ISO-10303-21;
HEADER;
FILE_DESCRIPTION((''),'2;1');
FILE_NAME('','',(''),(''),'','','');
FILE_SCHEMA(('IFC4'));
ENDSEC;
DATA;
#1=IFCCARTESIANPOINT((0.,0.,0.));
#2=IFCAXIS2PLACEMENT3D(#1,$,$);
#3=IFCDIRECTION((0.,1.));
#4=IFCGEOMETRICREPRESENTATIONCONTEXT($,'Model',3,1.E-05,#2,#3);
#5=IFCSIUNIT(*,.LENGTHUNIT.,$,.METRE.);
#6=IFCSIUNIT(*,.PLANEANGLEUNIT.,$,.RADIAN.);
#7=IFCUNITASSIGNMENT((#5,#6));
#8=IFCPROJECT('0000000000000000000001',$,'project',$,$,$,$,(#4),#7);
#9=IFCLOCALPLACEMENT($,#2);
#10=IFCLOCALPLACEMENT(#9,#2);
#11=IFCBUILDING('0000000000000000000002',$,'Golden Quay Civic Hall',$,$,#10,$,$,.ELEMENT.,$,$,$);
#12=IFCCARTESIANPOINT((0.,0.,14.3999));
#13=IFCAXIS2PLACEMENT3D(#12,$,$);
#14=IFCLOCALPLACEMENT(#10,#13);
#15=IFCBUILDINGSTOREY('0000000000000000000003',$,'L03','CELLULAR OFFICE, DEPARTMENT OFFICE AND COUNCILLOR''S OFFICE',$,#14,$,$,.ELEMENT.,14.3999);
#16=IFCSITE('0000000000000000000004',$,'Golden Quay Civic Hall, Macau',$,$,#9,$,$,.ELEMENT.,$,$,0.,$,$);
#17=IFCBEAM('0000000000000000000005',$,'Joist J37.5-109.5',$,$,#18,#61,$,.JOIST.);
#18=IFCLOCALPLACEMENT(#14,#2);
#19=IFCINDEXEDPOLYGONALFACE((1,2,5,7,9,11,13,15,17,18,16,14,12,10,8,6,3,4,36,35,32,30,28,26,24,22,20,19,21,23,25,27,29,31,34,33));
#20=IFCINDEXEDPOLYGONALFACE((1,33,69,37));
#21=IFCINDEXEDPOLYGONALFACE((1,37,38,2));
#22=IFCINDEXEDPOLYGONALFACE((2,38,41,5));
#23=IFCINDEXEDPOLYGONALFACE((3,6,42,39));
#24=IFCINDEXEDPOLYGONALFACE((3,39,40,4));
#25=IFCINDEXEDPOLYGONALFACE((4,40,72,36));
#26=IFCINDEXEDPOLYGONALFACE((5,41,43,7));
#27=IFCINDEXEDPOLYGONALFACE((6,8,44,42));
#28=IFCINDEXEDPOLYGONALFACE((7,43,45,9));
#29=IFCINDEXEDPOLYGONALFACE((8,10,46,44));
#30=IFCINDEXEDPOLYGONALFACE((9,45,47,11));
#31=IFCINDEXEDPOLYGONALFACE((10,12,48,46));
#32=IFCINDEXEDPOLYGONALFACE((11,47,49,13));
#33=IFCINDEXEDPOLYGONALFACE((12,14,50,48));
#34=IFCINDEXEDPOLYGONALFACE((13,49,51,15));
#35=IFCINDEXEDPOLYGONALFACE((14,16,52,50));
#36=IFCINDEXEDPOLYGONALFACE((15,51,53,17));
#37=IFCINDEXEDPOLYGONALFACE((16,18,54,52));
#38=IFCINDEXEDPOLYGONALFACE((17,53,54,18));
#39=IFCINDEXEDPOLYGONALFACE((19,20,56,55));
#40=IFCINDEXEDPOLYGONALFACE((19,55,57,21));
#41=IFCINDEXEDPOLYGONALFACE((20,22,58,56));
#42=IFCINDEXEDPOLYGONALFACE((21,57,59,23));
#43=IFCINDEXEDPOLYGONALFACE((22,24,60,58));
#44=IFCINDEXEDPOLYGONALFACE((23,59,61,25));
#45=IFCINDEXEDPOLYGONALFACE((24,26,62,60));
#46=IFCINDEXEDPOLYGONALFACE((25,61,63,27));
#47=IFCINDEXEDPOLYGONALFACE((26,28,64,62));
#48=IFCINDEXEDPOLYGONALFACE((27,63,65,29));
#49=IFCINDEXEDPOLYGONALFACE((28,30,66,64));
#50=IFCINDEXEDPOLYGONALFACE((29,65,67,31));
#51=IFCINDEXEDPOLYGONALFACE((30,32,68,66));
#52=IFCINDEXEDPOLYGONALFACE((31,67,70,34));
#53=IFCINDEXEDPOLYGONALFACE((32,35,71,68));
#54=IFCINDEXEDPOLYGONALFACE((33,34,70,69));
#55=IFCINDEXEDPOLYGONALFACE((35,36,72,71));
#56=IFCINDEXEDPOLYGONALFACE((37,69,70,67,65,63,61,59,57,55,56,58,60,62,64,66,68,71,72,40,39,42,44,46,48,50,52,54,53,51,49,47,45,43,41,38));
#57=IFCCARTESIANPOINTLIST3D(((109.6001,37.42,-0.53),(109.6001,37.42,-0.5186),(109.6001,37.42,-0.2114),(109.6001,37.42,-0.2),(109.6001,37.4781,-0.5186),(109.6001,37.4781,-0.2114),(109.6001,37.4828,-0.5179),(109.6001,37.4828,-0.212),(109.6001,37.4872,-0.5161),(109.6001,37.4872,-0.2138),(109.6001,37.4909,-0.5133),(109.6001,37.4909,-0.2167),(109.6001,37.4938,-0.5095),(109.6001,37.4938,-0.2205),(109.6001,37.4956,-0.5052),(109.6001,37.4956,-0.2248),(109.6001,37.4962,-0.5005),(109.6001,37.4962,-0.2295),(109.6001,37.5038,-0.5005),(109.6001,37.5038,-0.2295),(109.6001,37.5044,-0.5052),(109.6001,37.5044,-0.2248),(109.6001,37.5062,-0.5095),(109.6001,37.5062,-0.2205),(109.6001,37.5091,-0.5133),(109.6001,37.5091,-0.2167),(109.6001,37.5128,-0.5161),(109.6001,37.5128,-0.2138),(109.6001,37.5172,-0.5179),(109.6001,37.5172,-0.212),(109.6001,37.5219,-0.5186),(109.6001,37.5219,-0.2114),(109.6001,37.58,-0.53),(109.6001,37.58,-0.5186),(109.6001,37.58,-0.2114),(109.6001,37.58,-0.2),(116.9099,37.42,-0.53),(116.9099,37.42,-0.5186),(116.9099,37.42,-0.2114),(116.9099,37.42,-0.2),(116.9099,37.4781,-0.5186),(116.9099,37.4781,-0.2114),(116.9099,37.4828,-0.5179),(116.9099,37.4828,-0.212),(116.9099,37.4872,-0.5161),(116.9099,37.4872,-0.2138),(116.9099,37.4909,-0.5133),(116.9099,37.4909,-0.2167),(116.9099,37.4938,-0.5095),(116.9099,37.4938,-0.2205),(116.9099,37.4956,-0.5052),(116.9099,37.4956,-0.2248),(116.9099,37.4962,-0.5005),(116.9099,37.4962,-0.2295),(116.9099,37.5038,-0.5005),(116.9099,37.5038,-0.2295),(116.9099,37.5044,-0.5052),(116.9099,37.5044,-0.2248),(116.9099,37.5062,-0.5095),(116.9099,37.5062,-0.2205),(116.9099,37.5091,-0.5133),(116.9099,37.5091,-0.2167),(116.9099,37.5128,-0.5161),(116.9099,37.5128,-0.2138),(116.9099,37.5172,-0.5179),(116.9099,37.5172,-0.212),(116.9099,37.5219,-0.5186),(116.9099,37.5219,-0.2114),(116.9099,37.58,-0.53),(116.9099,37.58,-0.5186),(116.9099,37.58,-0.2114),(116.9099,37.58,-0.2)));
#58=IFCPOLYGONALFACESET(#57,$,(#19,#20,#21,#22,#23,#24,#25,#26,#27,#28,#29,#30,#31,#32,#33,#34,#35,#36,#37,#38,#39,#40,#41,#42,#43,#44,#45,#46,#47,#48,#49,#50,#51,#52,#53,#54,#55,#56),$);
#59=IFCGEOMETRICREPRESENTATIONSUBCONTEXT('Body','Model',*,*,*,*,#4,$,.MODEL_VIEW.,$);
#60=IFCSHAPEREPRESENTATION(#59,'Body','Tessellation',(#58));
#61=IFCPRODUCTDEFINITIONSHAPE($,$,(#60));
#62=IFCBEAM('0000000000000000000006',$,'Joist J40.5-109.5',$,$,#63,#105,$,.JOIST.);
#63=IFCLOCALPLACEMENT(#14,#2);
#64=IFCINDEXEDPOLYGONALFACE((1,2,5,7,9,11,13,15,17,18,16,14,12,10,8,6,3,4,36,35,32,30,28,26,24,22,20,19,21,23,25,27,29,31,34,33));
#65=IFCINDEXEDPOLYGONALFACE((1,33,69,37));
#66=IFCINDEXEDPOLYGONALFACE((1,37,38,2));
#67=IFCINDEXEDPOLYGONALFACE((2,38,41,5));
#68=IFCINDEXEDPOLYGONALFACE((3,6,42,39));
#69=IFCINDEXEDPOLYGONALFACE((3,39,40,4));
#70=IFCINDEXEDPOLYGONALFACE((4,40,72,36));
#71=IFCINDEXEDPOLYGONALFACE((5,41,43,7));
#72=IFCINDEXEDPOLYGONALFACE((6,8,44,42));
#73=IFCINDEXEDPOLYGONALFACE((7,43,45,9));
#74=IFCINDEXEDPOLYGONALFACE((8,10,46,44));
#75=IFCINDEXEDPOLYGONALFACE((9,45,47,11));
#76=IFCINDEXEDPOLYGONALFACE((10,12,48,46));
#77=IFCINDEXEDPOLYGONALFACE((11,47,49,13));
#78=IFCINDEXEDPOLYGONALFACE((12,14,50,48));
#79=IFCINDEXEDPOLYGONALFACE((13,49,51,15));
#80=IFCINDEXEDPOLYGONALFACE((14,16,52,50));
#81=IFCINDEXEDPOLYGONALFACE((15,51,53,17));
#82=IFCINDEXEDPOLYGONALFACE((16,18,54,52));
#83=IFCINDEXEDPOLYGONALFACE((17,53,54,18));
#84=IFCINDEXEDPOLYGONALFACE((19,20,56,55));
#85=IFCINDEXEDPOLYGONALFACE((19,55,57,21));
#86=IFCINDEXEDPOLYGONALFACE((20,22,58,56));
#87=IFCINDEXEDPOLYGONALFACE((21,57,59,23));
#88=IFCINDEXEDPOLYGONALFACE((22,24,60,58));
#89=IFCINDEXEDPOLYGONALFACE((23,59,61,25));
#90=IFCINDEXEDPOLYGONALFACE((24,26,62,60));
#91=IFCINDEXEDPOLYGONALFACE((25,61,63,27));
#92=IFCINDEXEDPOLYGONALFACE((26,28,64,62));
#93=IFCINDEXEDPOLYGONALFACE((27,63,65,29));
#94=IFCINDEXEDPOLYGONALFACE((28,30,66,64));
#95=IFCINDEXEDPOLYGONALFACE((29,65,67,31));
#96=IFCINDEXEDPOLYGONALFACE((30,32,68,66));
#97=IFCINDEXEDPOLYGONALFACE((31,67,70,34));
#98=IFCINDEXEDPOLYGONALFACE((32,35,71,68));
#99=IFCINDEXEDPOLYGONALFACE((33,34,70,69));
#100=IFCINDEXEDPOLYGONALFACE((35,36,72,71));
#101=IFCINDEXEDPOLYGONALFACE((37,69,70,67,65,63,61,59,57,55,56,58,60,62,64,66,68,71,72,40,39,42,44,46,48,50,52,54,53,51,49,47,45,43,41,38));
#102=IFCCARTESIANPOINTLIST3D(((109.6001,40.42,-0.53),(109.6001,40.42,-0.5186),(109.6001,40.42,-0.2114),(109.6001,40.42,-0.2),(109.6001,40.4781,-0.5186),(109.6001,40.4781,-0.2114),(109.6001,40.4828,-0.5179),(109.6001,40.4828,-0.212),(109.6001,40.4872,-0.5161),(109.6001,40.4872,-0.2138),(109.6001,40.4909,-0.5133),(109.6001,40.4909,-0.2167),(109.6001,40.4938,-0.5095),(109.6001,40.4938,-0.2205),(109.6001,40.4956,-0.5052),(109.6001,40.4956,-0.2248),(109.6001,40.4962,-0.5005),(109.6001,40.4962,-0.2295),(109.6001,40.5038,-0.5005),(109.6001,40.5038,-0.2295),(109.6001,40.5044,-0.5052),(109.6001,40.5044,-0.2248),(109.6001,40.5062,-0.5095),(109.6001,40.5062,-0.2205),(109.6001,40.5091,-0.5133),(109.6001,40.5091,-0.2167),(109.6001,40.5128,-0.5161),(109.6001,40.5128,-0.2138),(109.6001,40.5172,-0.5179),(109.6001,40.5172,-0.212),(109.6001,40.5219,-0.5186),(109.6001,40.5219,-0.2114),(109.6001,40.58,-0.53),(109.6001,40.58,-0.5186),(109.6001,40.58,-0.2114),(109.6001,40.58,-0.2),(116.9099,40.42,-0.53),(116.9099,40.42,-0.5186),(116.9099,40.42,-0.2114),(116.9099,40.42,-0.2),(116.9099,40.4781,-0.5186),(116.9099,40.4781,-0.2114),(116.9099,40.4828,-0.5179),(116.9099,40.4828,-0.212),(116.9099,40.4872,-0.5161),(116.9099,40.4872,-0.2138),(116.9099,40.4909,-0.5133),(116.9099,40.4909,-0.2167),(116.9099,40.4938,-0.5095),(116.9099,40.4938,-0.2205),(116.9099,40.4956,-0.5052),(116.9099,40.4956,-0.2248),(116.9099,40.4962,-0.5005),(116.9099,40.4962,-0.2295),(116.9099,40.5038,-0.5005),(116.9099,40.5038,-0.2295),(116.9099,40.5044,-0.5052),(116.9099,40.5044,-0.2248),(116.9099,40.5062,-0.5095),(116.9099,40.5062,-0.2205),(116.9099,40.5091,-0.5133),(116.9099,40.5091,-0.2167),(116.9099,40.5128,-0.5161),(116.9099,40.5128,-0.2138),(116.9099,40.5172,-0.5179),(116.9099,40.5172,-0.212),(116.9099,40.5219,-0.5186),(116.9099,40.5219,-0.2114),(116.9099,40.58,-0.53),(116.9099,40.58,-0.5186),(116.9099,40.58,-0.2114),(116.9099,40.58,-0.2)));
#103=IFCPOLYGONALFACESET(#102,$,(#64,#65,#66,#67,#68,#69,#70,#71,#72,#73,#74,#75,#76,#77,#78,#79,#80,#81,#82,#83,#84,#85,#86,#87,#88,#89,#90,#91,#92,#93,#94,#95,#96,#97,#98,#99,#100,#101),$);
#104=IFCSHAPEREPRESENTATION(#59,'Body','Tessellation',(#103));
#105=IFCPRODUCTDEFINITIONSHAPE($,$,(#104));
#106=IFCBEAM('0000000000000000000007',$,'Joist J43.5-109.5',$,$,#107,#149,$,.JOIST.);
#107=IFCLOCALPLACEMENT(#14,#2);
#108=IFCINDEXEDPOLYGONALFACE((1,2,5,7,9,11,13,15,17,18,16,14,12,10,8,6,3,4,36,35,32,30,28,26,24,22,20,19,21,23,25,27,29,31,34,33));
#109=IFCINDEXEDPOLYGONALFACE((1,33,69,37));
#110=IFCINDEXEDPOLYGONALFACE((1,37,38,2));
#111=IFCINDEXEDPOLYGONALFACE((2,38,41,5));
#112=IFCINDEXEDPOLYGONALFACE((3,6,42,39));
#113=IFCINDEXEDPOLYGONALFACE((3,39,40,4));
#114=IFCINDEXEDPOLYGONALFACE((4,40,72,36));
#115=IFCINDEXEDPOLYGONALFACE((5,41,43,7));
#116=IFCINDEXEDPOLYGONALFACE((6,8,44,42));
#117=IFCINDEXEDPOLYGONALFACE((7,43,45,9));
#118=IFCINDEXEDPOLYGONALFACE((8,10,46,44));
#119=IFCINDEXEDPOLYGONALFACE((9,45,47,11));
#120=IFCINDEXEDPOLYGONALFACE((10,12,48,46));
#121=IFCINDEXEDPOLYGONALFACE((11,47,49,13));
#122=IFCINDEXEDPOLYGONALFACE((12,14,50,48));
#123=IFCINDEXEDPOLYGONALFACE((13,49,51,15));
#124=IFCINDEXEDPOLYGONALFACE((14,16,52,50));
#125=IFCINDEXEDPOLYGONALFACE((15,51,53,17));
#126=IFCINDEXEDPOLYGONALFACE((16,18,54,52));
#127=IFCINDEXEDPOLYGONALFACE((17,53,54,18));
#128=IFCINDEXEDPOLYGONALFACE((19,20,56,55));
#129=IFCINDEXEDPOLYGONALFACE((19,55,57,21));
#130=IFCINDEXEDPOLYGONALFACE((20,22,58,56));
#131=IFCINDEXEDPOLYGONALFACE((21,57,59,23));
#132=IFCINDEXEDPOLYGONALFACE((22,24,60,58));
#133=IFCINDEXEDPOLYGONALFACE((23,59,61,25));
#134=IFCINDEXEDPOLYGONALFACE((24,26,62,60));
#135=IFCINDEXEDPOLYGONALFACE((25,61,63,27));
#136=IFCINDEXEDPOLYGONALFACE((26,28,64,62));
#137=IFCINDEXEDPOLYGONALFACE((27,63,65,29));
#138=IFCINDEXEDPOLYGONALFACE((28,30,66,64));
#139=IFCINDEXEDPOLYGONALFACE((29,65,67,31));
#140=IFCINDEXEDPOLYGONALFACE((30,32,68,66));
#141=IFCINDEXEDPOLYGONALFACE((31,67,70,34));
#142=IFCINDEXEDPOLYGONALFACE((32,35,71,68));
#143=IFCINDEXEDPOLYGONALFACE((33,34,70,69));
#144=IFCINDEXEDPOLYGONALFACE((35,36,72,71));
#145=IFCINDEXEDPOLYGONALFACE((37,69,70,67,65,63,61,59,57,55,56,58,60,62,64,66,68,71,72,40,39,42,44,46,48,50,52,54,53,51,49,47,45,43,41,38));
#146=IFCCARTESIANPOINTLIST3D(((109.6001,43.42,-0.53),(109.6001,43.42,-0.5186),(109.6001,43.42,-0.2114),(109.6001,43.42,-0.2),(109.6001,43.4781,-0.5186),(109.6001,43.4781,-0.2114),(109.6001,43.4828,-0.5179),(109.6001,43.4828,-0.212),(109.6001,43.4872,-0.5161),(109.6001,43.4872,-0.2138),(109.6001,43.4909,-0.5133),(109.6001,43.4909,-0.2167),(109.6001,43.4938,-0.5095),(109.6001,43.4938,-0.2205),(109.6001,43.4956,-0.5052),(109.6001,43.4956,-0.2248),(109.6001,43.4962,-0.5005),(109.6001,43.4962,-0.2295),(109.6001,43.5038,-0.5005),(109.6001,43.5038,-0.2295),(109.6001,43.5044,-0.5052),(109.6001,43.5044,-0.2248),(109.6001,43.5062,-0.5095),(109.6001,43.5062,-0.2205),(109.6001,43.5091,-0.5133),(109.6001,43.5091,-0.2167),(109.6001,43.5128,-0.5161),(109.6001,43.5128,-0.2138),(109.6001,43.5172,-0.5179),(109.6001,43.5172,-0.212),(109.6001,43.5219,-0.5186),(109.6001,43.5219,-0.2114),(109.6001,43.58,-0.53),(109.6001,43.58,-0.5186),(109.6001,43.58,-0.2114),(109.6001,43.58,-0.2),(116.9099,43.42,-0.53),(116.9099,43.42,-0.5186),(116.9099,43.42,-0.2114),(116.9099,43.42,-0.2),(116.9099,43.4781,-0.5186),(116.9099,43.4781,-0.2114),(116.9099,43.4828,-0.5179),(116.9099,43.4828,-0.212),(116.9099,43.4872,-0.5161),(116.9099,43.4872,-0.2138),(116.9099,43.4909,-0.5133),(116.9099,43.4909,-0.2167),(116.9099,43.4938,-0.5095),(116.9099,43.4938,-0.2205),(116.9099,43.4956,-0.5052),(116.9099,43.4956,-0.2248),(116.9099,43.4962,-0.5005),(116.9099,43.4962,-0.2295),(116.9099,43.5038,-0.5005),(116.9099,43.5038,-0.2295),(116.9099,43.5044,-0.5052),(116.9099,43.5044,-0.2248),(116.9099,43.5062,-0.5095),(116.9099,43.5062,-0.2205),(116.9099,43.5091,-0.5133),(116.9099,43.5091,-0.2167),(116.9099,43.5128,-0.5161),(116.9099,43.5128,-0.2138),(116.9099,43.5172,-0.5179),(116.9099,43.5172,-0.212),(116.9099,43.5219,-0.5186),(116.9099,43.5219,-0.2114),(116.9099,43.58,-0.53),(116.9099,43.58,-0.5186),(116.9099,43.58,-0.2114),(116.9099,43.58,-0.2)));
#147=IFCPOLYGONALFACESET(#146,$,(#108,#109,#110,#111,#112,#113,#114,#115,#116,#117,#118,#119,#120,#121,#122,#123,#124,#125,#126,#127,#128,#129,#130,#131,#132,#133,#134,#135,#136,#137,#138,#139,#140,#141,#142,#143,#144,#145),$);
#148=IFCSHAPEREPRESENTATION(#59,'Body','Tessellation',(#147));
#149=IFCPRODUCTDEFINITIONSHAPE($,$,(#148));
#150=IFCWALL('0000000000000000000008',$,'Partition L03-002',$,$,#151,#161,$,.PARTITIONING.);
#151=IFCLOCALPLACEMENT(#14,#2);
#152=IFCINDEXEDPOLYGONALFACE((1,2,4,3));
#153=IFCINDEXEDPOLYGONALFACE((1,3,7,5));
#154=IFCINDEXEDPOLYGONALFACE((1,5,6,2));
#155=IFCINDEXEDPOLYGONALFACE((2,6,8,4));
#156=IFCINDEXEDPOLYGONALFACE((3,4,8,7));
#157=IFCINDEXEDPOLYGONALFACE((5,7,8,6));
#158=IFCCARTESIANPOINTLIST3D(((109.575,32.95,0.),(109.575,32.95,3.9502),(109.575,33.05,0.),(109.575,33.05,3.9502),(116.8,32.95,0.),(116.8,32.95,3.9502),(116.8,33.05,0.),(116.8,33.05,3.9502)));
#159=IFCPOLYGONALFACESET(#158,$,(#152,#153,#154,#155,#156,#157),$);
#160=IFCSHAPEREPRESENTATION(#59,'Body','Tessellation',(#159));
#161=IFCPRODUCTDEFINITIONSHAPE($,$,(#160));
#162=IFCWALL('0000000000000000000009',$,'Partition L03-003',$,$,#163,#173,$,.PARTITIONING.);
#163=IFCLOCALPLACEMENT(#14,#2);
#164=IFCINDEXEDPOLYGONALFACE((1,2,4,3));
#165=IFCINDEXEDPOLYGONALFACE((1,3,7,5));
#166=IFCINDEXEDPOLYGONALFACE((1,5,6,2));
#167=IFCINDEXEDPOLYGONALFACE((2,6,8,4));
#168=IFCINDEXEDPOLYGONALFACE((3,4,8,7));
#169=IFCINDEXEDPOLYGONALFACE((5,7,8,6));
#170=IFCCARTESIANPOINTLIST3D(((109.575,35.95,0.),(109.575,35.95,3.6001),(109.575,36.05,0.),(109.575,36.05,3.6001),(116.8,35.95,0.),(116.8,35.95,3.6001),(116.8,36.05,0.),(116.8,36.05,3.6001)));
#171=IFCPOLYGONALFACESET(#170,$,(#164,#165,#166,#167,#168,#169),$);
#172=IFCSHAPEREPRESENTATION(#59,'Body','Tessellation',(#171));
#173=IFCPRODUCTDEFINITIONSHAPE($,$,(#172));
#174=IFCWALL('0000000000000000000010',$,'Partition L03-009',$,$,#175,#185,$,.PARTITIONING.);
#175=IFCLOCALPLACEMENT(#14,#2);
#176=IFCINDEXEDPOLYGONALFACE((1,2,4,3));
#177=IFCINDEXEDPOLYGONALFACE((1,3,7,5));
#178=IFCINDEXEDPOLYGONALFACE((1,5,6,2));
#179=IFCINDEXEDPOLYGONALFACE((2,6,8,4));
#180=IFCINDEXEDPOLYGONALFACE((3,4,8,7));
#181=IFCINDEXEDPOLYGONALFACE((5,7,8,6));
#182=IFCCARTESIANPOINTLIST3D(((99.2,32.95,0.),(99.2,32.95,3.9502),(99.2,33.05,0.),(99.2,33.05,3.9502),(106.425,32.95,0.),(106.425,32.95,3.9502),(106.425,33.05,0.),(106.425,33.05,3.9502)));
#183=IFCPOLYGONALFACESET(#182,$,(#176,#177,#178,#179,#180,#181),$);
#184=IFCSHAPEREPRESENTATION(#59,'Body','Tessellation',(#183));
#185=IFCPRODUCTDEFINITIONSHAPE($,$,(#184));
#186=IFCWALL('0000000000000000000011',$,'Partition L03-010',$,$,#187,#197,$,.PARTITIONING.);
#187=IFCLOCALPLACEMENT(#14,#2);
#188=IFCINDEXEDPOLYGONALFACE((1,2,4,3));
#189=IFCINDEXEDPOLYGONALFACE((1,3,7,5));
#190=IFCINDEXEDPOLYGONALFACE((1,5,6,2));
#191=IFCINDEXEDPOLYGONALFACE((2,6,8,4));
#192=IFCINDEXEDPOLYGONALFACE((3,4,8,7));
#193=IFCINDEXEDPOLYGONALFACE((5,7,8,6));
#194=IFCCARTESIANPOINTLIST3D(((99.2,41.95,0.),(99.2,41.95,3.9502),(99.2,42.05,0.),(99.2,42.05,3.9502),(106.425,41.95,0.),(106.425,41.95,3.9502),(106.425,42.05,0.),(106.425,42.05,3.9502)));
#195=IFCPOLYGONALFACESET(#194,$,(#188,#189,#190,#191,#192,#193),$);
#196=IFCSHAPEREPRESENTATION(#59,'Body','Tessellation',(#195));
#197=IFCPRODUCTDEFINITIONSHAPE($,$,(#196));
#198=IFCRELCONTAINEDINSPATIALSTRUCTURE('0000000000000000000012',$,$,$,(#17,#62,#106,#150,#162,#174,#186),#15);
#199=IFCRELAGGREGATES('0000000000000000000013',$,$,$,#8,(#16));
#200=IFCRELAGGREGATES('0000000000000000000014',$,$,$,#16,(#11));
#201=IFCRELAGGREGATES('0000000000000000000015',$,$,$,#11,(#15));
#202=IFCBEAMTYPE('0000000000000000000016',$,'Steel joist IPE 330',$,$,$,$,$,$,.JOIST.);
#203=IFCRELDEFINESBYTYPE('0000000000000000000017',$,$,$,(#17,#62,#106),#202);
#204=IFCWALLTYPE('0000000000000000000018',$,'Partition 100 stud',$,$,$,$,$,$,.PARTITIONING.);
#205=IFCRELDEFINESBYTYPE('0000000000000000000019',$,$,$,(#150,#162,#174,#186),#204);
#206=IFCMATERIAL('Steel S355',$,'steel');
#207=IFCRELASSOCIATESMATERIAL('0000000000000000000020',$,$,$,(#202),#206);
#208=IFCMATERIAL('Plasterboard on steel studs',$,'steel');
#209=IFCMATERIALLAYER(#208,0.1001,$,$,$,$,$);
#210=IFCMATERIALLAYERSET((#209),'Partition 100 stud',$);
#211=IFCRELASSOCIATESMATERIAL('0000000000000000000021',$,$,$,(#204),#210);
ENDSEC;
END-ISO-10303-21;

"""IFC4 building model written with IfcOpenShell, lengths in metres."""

from ifc_helpers import new_model, si_unit, direction, frame, frame_2d, origin, origin_2d, place, context, subcontext, project, spatial, rectangle, i_section, extrude, material, layer, layer_set, material_profile, profile_set, type_object, element, save


model = new_model("IFC4")

# Units and contexts
model_context = context("Model", 3, precision=1e-05, world=origin(), true_north=direction((0.0, 1.0)))
body_context = subcontext(model_context, "Body", "Model", "MODEL_VIEW")
ifc_project = project(units=[si_unit("LENGTHUNIT", "METRE"), si_unit("PLANEANGLEUNIT", "RADIAN")], contexts=[model_context])

# Site, building, storey
site_placement = place(None, origin())
site = spatial("IfcSite", under=ifc_project, at=site_placement, Name="Golden Quay Civic Hall, Macau", CompositionType="ELEMENT", RefElevation=0.0)
building_placement = place(site_placement, origin())
building = spatial("IfcBuilding", under=site, at=building_placement, Name="Golden Quay Civic Hall", CompositionType="ELEMENT")
storey_placement = place(building_placement, frame((0.0, 0.0, 14.3999)))
storey = spatial("IfcBuildingStorey", under=building, at=storey_placement, Name="L03", Description="CELLULAR OFFICE, DEPARTMENT OFFICE AND COUNCILLOR'S OFFICE", CompositionType="ELEMENT", Elevation=14.3999)

# Beams
ifc_material_1 = material(Name="Steel S355", Category="steel")
ifc_material_profile_1 = material_profile(ifc_material_1, i_section(OverallWidth=0.1599, OverallDepth=0.3301, WebThickness=0.0076, FlangeThickness=0.0115, FilletRadius=0.0181, at=origin_2d()), Name="IPE 330")
ifc_profile_set_1 = profile_set([ifc_material_profile_1], Name="Steel S355")
beam_type_1 = type_object("IfcBeamType", Name="Steel joist IPE 330", PredefinedType="JOIST", material=ifc_profile_set_1)
for number, where, z_axis, x_axis, name in (
    (1, (109.6001, 37.5, -0.365), (1.0, 0.0, 0.0), (0.0, 1.0, 0.0), "Joist J37.5-109.5"),
    (2, (109.6001, 40.5, -0.365), (1.0, 0.0, 0.0), (0.0, 1.0, 0.0), "Joist J40.5-109.5"),
    (3, (109.6001, 43.5, -0.365), (1.0, 0.0, 0.0), (0.0, 1.0, 0.0), "Joist J43.5-109.5"),
):
    element("IfcBeam", number, at=place(storey_placement, frame(where, z_axis=z_axis, x_axis=x_axis)), inside=storey, type_object=beam_type_1, Name=name, PredefinedType="JOIST", context=body_context, shape_type="SweptSolid", body=[
        extrude(i_section(OverallWidth=0.1599, OverallDepth=0.3301, WebThickness=0.0076, FlangeThickness=0.0115, FilletRadius=0.0181, at=origin_2d()), origin(), (0.0, 0.0, 1.0), 7.3098),
    ])

# Walls
ifc_material_2 = material(Name="Plasterboard on steel studs", Category="steel")
ifc_layer_1 = layer(ifc_material_2, 0.1001)
ifc_layer_set_1 = layer_set([ifc_layer_1], Name="Partition 100 stud")
wall_type_1 = type_object("IfcWallType", Name="Partition 100 stud", PredefinedType="PARTITIONING", material=ifc_layer_set_1)
wall_1_placement = place(storey_placement, frame((109.575, 33.0, 0.0), z_axis=(0.0, 0.0, 1.0), x_axis=(1.0, 0.0, 0.0)))
element("IfcWall", 4, at=wall_1_placement, inside=storey, type_object=wall_type_1, Name="Partition L03-002", PredefinedType="PARTITIONING", context=body_context, shape_type="SweptSolid", body=[
    extrude(rectangle(XDim=7.2251, YDim=0.1001, at=frame_2d((3.6125, 0.0))), origin(), (0.0, 0.0, 1.0), 3.9502),
])
wall_2_placement = place(storey_placement, frame((109.575, 36.0, 0.0), z_axis=(0.0, 0.0, 1.0), x_axis=(1.0, 0.0, 0.0)))
element("IfcWall", 5, at=wall_2_placement, inside=storey, type_object=wall_type_1, Name="Partition L03-003", PredefinedType="PARTITIONING", context=body_context, shape_type="SweptSolid", body=[
    extrude(rectangle(XDim=7.2251, YDim=0.1001, at=frame_2d((3.6125, 0.0))), origin(), (0.0, 0.0, 1.0), 3.6001),
])
for number, where, z_axis, x_axis, name in (
    (6, (99.2, 33.0, 0.0), (0.0, 0.0, 1.0), (1.0, 0.0, 0.0), "Partition L03-009"),
    (7, (99.2, 42.0, 0.0), (0.0, 0.0, 1.0), (1.0, 0.0, 0.0), "Partition L03-010"),
):
    element("IfcWall", number, at=place(storey_placement, frame(where, z_axis=z_axis, x_axis=x_axis)), inside=storey, type_object=wall_type_1, Name=name, PredefinedType="PARTITIONING", context=body_context, shape_type="SweptSolid", body=[
        extrude(rectangle(XDim=7.2251, YDim=0.1001, at=frame_2d((3.6125, 0.0))), origin(), (0.0, 0.0, 1.0), 3.9502),
    ])

save(model, "model.ifc")
